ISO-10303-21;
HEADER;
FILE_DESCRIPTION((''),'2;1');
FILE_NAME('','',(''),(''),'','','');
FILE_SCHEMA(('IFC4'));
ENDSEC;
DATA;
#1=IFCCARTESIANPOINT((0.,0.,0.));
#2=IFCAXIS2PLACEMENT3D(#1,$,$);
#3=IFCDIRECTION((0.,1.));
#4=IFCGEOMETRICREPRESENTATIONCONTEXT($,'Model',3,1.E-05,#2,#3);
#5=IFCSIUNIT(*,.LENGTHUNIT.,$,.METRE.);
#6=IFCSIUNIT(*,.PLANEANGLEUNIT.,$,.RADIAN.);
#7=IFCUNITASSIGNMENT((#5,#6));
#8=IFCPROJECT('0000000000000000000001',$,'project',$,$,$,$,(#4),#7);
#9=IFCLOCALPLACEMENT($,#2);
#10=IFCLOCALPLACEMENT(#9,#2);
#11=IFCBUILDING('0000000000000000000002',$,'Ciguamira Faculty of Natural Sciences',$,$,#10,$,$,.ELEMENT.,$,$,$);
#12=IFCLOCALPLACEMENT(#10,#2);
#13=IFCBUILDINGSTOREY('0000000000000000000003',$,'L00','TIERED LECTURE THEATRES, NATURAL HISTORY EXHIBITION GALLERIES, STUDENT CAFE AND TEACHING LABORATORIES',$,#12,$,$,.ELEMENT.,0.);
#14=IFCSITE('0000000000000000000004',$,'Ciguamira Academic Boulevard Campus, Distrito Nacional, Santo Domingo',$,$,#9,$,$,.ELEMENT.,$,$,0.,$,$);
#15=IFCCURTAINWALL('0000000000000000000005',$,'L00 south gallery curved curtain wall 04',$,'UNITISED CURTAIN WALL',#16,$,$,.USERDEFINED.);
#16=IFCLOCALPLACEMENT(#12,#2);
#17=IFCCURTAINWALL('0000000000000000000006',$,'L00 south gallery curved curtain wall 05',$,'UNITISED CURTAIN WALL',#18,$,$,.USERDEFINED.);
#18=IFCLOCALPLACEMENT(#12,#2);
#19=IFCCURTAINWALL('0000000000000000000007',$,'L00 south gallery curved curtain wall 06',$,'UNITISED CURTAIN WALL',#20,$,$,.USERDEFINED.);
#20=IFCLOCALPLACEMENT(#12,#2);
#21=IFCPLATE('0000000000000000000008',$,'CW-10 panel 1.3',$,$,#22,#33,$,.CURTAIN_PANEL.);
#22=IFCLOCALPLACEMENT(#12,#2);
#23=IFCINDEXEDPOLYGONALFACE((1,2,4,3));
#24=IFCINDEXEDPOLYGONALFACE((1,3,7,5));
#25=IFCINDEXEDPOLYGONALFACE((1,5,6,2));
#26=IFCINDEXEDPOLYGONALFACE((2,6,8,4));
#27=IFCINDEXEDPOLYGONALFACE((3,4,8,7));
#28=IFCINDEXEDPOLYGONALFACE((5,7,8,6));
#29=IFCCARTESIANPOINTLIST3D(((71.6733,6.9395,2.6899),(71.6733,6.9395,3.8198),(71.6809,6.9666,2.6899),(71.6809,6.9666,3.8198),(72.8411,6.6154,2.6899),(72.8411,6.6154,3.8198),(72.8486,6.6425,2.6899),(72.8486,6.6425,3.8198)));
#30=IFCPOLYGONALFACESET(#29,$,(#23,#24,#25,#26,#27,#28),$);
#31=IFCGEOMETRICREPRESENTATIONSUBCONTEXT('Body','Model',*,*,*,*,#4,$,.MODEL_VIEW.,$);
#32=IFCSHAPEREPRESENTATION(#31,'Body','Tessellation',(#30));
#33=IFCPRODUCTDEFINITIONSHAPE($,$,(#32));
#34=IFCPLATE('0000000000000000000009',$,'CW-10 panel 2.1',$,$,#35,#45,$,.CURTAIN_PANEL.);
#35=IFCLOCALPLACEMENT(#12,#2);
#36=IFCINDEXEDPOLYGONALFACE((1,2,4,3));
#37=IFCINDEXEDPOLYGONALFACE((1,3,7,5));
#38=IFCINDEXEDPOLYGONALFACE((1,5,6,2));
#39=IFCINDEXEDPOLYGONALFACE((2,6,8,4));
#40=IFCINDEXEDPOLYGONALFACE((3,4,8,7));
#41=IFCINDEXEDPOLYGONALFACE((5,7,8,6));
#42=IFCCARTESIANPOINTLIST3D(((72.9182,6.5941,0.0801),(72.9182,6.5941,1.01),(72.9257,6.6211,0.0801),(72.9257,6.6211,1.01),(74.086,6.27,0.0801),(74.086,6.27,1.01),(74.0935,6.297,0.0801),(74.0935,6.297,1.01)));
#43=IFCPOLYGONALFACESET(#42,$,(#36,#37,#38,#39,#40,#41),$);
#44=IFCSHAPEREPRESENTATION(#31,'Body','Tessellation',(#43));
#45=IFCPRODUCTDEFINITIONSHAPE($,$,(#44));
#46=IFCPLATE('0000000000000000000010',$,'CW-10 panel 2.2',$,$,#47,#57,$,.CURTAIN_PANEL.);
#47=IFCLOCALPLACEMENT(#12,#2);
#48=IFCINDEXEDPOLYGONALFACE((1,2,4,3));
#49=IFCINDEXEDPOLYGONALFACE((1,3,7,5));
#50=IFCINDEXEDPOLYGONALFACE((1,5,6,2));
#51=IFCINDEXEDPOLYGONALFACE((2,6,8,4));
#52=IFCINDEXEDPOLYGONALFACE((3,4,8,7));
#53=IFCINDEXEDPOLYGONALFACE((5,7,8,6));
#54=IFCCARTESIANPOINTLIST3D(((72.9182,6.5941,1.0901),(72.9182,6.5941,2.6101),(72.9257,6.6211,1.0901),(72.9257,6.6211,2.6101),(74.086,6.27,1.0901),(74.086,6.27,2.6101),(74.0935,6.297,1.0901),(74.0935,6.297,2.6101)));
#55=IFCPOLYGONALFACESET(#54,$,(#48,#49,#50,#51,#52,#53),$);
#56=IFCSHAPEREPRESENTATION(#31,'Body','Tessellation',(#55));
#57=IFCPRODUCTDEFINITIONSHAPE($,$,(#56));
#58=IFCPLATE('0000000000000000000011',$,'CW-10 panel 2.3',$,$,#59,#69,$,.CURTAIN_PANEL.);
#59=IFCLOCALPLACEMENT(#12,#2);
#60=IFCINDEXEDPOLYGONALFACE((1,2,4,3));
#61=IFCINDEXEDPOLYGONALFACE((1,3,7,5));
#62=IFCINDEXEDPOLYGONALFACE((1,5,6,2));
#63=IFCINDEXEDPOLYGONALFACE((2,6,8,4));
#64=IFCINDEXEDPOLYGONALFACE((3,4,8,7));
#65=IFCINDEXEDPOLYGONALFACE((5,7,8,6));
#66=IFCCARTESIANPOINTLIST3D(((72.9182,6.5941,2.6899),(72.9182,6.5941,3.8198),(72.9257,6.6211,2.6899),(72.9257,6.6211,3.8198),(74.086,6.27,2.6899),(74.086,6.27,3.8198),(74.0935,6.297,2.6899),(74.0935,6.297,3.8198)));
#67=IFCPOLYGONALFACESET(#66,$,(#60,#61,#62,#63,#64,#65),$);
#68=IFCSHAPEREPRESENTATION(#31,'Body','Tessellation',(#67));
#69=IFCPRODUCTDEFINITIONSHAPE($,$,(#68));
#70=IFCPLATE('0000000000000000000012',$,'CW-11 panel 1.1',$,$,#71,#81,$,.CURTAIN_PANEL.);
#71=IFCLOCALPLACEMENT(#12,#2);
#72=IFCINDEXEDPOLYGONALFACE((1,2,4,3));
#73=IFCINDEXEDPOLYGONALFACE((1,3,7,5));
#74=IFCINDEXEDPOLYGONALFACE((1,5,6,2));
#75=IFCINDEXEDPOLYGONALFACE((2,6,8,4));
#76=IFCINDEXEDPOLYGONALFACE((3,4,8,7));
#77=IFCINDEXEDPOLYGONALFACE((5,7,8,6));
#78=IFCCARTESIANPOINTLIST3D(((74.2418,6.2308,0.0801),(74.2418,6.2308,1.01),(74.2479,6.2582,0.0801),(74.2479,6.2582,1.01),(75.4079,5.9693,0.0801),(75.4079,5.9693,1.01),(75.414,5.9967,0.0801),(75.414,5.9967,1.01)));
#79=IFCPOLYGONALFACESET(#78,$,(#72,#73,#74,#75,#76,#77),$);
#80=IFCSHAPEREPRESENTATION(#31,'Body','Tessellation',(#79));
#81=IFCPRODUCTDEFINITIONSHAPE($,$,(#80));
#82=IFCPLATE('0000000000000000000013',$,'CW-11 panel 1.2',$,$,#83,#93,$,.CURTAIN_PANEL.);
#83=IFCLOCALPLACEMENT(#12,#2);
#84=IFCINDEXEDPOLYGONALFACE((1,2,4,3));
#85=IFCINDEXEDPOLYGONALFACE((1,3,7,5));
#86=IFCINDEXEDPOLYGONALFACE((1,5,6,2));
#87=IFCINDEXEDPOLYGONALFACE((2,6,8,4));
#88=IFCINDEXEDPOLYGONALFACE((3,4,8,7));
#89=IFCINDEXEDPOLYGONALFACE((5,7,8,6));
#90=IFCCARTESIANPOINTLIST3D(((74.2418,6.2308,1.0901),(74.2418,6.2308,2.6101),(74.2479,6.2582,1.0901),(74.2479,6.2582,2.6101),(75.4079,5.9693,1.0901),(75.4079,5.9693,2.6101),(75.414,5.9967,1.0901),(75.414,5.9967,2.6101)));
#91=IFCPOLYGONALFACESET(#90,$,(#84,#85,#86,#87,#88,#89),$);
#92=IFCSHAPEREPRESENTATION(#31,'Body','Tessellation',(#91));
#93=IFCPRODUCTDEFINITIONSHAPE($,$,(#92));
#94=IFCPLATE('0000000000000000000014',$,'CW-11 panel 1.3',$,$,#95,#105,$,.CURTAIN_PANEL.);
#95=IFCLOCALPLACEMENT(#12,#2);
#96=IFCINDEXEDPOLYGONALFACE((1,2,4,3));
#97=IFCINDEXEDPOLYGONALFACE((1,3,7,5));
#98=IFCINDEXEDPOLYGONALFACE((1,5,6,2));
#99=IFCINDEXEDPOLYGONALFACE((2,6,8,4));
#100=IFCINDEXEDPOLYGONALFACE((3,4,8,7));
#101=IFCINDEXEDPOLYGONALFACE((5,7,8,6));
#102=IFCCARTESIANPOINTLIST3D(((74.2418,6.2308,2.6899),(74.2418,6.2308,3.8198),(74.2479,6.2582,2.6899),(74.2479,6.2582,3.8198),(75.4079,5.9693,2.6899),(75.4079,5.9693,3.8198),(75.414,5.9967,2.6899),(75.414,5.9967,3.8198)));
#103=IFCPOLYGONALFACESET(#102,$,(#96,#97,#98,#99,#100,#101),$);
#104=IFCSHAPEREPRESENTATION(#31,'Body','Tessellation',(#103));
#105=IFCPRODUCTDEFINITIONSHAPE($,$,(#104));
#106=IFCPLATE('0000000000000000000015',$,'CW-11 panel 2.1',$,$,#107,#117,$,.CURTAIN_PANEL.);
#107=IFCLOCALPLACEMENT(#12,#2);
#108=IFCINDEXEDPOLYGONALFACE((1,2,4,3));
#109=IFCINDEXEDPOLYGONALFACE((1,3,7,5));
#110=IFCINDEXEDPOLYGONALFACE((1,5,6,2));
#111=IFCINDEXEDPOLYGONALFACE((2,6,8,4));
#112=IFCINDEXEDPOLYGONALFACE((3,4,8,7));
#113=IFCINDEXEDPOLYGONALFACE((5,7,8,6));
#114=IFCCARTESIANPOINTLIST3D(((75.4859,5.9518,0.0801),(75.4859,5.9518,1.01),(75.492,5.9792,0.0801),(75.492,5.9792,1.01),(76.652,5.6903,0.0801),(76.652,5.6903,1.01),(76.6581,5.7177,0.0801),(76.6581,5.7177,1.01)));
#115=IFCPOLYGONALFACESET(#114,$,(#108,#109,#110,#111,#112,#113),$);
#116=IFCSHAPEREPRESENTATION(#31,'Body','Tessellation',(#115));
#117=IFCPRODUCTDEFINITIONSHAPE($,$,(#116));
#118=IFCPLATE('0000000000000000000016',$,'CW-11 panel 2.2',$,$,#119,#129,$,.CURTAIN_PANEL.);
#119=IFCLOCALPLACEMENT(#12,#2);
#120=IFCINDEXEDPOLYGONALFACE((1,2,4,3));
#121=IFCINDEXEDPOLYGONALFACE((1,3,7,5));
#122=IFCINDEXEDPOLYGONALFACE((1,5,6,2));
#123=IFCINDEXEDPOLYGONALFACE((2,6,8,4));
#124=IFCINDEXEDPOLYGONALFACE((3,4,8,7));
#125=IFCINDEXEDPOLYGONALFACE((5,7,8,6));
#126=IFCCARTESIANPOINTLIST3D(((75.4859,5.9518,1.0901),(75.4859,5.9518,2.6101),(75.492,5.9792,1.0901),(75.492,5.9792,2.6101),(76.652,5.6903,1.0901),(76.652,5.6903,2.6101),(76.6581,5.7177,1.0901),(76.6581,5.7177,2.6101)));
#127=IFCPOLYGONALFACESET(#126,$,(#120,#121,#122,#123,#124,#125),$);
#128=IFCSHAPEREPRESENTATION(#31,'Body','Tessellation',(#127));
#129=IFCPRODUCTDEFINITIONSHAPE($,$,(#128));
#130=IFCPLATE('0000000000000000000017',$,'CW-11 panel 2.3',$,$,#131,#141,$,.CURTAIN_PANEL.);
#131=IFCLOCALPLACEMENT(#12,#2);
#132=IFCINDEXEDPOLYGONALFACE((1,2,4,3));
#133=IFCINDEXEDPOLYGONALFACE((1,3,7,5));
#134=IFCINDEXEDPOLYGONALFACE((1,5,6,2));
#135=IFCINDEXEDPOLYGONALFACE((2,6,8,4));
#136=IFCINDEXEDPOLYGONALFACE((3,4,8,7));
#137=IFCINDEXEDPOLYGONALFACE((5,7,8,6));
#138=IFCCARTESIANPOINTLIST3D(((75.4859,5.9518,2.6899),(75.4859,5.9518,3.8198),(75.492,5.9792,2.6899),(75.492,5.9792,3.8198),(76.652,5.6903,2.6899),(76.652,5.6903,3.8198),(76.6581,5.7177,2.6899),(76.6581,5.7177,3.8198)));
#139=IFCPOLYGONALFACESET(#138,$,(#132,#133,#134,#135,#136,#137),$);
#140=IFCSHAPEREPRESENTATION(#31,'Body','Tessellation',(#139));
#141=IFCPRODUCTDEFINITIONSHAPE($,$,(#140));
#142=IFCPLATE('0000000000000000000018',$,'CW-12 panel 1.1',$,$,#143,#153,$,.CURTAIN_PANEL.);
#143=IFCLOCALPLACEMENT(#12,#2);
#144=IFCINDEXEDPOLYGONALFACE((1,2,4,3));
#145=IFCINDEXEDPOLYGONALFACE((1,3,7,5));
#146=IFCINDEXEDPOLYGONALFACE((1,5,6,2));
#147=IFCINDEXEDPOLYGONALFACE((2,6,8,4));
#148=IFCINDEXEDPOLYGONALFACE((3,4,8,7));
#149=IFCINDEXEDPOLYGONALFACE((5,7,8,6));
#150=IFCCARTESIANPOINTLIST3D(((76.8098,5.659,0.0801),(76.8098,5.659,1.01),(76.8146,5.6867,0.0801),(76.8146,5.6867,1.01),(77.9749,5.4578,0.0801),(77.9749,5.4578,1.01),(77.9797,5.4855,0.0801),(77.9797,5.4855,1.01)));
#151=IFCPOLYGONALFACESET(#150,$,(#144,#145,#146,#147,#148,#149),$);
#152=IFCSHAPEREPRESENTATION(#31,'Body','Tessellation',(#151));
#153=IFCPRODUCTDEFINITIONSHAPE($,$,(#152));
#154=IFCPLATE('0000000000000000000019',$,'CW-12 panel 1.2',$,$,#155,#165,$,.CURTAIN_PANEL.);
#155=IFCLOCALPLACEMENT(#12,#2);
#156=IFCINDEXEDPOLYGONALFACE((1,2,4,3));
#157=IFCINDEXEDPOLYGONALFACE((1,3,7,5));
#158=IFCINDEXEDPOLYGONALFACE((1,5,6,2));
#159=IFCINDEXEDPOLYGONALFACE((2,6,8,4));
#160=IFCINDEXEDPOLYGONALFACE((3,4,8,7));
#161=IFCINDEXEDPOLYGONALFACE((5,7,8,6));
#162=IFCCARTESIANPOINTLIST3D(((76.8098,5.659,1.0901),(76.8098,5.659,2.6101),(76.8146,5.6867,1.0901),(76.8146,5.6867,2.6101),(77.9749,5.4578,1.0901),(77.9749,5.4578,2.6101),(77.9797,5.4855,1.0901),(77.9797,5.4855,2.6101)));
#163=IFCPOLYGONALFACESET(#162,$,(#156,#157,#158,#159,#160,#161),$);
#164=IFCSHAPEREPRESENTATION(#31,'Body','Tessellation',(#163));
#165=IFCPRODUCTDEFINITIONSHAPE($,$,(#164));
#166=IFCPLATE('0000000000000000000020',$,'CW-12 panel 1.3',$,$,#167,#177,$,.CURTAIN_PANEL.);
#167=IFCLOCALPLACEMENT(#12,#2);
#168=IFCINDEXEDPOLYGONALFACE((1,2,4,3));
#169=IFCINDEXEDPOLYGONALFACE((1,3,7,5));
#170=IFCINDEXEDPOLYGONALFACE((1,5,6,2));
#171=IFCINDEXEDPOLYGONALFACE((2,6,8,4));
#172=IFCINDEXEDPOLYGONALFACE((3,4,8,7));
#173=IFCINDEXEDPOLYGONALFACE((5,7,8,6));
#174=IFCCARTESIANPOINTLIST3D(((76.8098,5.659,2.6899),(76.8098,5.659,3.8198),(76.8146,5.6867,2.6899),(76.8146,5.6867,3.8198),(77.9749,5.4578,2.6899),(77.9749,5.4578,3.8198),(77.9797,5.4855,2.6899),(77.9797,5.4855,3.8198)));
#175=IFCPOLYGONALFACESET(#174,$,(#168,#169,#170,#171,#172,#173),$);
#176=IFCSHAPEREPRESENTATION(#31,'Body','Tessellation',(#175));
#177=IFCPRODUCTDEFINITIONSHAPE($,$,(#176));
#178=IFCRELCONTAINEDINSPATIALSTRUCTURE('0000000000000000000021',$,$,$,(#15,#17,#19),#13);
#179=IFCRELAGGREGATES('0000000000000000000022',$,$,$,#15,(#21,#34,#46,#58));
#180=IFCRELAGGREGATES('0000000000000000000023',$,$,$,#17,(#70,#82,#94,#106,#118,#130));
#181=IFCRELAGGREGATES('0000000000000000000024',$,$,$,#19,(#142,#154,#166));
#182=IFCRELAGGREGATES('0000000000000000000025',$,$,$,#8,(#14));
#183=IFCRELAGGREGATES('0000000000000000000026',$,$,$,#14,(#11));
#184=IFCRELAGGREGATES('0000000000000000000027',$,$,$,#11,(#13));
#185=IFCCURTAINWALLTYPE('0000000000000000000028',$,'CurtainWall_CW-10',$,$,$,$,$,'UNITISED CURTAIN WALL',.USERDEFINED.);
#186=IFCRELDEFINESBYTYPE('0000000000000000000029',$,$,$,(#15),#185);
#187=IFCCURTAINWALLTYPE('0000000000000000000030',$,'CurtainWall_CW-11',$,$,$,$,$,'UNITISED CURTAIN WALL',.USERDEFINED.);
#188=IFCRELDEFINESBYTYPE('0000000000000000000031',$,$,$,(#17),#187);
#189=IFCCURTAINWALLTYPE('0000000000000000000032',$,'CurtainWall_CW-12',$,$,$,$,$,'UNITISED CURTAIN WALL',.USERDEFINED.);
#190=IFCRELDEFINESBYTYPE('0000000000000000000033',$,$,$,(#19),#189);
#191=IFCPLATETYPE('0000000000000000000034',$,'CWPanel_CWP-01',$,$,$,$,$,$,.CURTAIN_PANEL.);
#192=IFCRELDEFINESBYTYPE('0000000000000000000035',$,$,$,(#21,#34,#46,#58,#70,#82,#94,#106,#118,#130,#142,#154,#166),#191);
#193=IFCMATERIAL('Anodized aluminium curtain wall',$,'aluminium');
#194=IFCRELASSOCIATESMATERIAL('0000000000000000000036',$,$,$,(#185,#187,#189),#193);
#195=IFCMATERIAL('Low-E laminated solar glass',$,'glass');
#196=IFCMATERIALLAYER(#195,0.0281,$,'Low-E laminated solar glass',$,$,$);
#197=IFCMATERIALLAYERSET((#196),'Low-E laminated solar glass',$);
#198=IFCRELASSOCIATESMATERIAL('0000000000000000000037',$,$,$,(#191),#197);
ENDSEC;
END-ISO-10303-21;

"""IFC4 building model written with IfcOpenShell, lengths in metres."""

from ifc_helpers import new_model, si_unit, direction, frame, origin, origin_2d, place, context, subcontext, project, spatial, rectangle, extrude, material, layer, layer_set, type_object, element, aggregate, save


model = new_model("IFC4")

# Units and contexts
model_context = context("Model", 3, precision=1e-05, world=origin(), true_north=direction((0.0, 1.0)))
body_context = subcontext(model_context, "Body", "Model", "MODEL_VIEW")
ifc_project = project(units=[si_unit("LENGTHUNIT", "METRE"), si_unit("PLANEANGLEUNIT", "RADIAN")], contexts=[model_context])

# Site, building, storey
site_placement = place(None, origin())
site = spatial("IfcSite", under=ifc_project, at=site_placement, Name="Ciguamira Academic Boulevard Campus, Distrito Nacional, Santo Domingo", CompositionType="ELEMENT", RefElevation=0.0)
building_placement = place(site_placement, origin())
building = spatial("IfcBuilding", under=site, at=building_placement, Name="Ciguamira Faculty of Natural Sciences", CompositionType="ELEMENT")
storey_placement = place(building_placement, origin())
storey = spatial("IfcBuildingStorey", under=building, at=storey_placement, Name="L00", Description="TIERED LECTURE THEATRES, NATURAL HISTORY EXHIBITION GALLERIES, STUDENT CAFE AND TEACHING LABORATORIES", CompositionType="ELEMENT", Elevation=0.0)

# Curtain walls
ifc_material_1 = material(Name="Anodized aluminium curtain wall", Category="aluminium")
curtain_wall_type_1 = type_object("IfcCurtainWallType", Name="CurtainWall_CW-10", ElementType="UNITISED CURTAIN WALL", PredefinedType="USERDEFINED", material=ifc_material_1)
curtain_wall_1_placement = place(storey_placement, origin())
curtain_wall_1 = element("IfcCurtainWall", 1, at=curtain_wall_1_placement, inside=storey, type_object=curtain_wall_type_1, Name="L00 south gallery curved curtain wall 04", ObjectType="UNITISED CURTAIN WALL", PredefinedType="USERDEFINED")
curtain_wall_type_2 = type_object("IfcCurtainWallType", Name="CurtainWall_CW-11", ElementType="UNITISED CURTAIN WALL", PredefinedType="USERDEFINED", material=ifc_material_1)
curtain_wall_2_placement = place(storey_placement, origin())
curtain_wall_2 = element("IfcCurtainWall", 2, at=curtain_wall_2_placement, inside=storey, type_object=curtain_wall_type_2, Name="L00 south gallery curved curtain wall 05", ObjectType="UNITISED CURTAIN WALL", PredefinedType="USERDEFINED")

# Curtain wall
curtain_wall_type_3 = type_object("IfcCurtainWallType", Name="CurtainWall_CW-12", ElementType="UNITISED CURTAIN WALL", PredefinedType="USERDEFINED", material=ifc_material_1)
curtain_wall_3_placement = place(storey_placement, origin())
curtain_wall_3 = element("IfcCurtainWall", 3, at=curtain_wall_3_placement, inside=storey, type_object=curtain_wall_type_3, Name="L00 south gallery curved curtain wall 06", ObjectType="UNITISED CURTAIN WALL", PredefinedType="USERDEFINED")

# Plates
ifc_material_2 = material(Name="Low-E laminated solar glass", Category="glass")
ifc_layer = layer(ifc_material_2, 0.0281, Name="Low-E laminated solar glass")
ifc_layer_set = layer_set([ifc_layer], Name="Low-E laminated solar glass")
plate_type = type_object("IfcPlateType", Name="CWPanel_CWP-01", PredefinedType="CURTAIN_PANEL", material=ifc_layer_set)
plate_1_placement = place(storey_placement, frame((72.261, 6.791, 2.6899), z_axis=(0.0, 0.0, 1.0), x_axis=(0.963573, -0.267444, 0.0)))
plate_1 = element("IfcPlate", 4, at=plate_1_placement, type_object=plate_type, Name="CW-10 panel 1.3", PredefinedType="CURTAIN_PANEL", context=body_context, shape_type="SweptSolid", body=[
    extrude(rectangle(XDim=1.2119, YDim=0.0281, at=origin_2d()), origin(), (0.0, 0.0, 1.0), 1.1299),
])
plate_2_placement = place(storey_placement, frame((73.5059, 6.4456, 0.0801), z_axis=(0.0, 0.0, 1.0), x_axis=(0.963573, -0.267444, 0.0)))
plate_2 = element("IfcPlate", 5, at=plate_2_placement, type_object=plate_type, Name="CW-10 panel 2.1", PredefinedType="CURTAIN_PANEL", context=body_context, shape_type="SweptSolid", body=[
    extrude(rectangle(XDim=1.2119, YDim=0.0281, at=origin_2d()), origin(), (0.0, 0.0, 1.0), 0.9299),
])
plate_3_placement = place(storey_placement, frame((73.5059, 6.4456, 1.0901), z_axis=(0.0, 0.0, 1.0), x_axis=(0.963573, -0.267444, 0.0)))
plate_3 = element("IfcPlate", 6, at=plate_3_placement, type_object=plate_type, Name="CW-10 panel 2.2", PredefinedType="CURTAIN_PANEL", context=body_context, shape_type="SweptSolid", body=[
    extrude(rectangle(XDim=1.2119, YDim=0.0281, at=origin_2d()), origin(), (0.0, 0.0, 1.0), 1.52),
])
plate_4_placement = place(storey_placement, frame((73.5059, 6.4456, 2.6899), z_axis=(0.0, 0.0, 1.0), x_axis=(0.963573, -0.267444, 0.0)))
plate_4 = element("IfcPlate", 7, at=plate_4_placement, type_object=plate_type, Name="CW-10 panel 2.3", PredefinedType="CURTAIN_PANEL", context=body_context, shape_type="SweptSolid", body=[
    extrude(rectangle(XDim=1.2119, YDim=0.0281, at=origin_2d()), origin(), (0.0, 0.0, 1.0), 1.1299),
])
aggregate(curtain_wall_1, [plate_1, plate_2, plate_3, plate_4])
plate_5_placement = place(storey_placement, frame((74.8279, 6.1138, 0.0801), z_axis=(0.0, 0.0, 1.0), x_axis=(0.975763, -0.21883, 0.0)))
plate_5 = element("IfcPlate", 8, at=plate_5_placement, type_object=plate_type, Name="CW-11 panel 1.1", PredefinedType="CURTAIN_PANEL", context=body_context, shape_type="SweptSolid", body=[
    extrude(rectangle(XDim=1.1951, YDim=0.0281, at=origin_2d()), origin(), (0.0, 0.0, 1.0), 0.9299),
])
plate_6_placement = place(storey_placement, frame((74.8279, 6.1138, 1.0901), z_axis=(0.0, 0.0, 1.0), x_axis=(0.975763, -0.21883, 0.0)))
plate_6 = element("IfcPlate", 9, at=plate_6_placement, type_object=plate_type, Name="CW-11 panel 1.2", PredefinedType="CURTAIN_PANEL", context=body_context, shape_type="SweptSolid", body=[
    extrude(rectangle(XDim=1.1951, YDim=0.0281, at=origin_2d()), origin(), (0.0, 0.0, 1.0), 1.52),
])
plate_7_placement = place(storey_placement, frame((74.8279, 6.1138, 2.6899), z_axis=(0.0, 0.0, 1.0), x_axis=(0.975763, -0.21883, 0.0)))
plate_7 = element("IfcPlate", 10, at=plate_7_placement, type_object=plate_type, Name="CW-11 panel 1.3", PredefinedType="CURTAIN_PANEL", context=body_context, shape_type="SweptSolid", body=[
    extrude(rectangle(XDim=1.1951, YDim=0.0281, at=origin_2d()), origin(), (0.0, 0.0, 1.0), 1.1299),
])
plate_8_placement = place(storey_placement, frame((76.072, 5.8347, 0.0801), z_axis=(0.0, 0.0, 1.0), x_axis=(0.975763, -0.21883, 0.0)))
plate_8 = element("IfcPlate", 11, at=plate_8_placement, type_object=plate_type, Name="CW-11 panel 2.1", PredefinedType="CURTAIN_PANEL", context=body_context, shape_type="SweptSolid", body=[
    extrude(rectangle(XDim=1.1951, YDim=0.0281, at=origin_2d()), origin(), (0.0, 0.0, 1.0), 0.9299),
])
plate_9_placement = place(storey_placement, frame((76.072, 5.8347, 1.0901), z_axis=(0.0, 0.0, 1.0), x_axis=(0.975763, -0.21883, 0.0)))
plate_9 = element("IfcPlate", 12, at=plate_9_placement, type_object=plate_type, Name="CW-11 panel 2.2", PredefinedType="CURTAIN_PANEL", context=body_context, shape_type="SweptSolid", body=[
    extrude(rectangle(XDim=1.1951, YDim=0.0281, at=origin_2d()), origin(), (0.0, 0.0, 1.0), 1.52),
])
plate_10_placement = place(storey_placement, frame((76.072, 5.8347, 2.6899), z_axis=(0.0, 0.0, 1.0), x_axis=(0.975763, -0.21883, 0.0)))
plate_10 = element("IfcPlate", 13, at=plate_10_placement, type_object=plate_type, Name="CW-11 panel 2.3", PredefinedType="CURTAIN_PANEL", context=body_context, shape_type="SweptSolid", body=[
    extrude(rectangle(XDim=1.1951, YDim=0.0281, at=origin_2d()), origin(), (0.0, 0.0, 1.0), 1.1299),
])
aggregate(curtain_wall_2, [plate_5, plate_6, plate_7, plate_8, plate_9, plate_10])
plate_11_placement = place(storey_placement, frame((77.3948, 5.5723, 0.0801), z_axis=(0.0, 0.0, 1.0), x_axis=(0.985411, -0.170192, 0.0)))
plate_11 = element("IfcPlate", 14, at=plate_11_placement, type_object=plate_type, Name="CW-12 panel 1.1", PredefinedType="CURTAIN_PANEL", context=body_context, shape_type="SweptSolid", body=[
    extrude(rectangle(XDim=1.1824, YDim=0.0281, at=origin_2d()), origin(), (0.0, 0.0, 1.0), 0.9299),
])
plate_12_placement = place(storey_placement, frame((77.3948, 5.5723, 1.0901), z_axis=(0.0, 0.0, 1.0), x_axis=(0.985411, -0.170192, 0.0)))
plate_12 = element("IfcPlate", 15, at=plate_12_placement, type_object=plate_type, Name="CW-12 panel 1.2", PredefinedType="CURTAIN_PANEL", context=body_context, shape_type="SweptSolid", body=[
    extrude(rectangle(XDim=1.1824, YDim=0.0281, at=origin_2d()), origin(), (0.0, 0.0, 1.0), 1.52),
])
plate_13_placement = place(storey_placement, frame((77.3948, 5.5723, 2.6899), z_axis=(0.0, 0.0, 1.0), x_axis=(0.985411, -0.170192, 0.0)))
plate_13 = element("IfcPlate", 16, at=plate_13_placement, type_object=plate_type, Name="CW-12 panel 1.3", PredefinedType="CURTAIN_PANEL", context=body_context, shape_type="SweptSolid", body=[
    extrude(rectangle(XDim=1.1824, YDim=0.0281, at=origin_2d()), origin(), (0.0, 0.0, 1.0), 1.1299),
])
aggregate(curtain_wall_3, [plate_11, plate_12, plate_13])

save(model, "model.ifc")
